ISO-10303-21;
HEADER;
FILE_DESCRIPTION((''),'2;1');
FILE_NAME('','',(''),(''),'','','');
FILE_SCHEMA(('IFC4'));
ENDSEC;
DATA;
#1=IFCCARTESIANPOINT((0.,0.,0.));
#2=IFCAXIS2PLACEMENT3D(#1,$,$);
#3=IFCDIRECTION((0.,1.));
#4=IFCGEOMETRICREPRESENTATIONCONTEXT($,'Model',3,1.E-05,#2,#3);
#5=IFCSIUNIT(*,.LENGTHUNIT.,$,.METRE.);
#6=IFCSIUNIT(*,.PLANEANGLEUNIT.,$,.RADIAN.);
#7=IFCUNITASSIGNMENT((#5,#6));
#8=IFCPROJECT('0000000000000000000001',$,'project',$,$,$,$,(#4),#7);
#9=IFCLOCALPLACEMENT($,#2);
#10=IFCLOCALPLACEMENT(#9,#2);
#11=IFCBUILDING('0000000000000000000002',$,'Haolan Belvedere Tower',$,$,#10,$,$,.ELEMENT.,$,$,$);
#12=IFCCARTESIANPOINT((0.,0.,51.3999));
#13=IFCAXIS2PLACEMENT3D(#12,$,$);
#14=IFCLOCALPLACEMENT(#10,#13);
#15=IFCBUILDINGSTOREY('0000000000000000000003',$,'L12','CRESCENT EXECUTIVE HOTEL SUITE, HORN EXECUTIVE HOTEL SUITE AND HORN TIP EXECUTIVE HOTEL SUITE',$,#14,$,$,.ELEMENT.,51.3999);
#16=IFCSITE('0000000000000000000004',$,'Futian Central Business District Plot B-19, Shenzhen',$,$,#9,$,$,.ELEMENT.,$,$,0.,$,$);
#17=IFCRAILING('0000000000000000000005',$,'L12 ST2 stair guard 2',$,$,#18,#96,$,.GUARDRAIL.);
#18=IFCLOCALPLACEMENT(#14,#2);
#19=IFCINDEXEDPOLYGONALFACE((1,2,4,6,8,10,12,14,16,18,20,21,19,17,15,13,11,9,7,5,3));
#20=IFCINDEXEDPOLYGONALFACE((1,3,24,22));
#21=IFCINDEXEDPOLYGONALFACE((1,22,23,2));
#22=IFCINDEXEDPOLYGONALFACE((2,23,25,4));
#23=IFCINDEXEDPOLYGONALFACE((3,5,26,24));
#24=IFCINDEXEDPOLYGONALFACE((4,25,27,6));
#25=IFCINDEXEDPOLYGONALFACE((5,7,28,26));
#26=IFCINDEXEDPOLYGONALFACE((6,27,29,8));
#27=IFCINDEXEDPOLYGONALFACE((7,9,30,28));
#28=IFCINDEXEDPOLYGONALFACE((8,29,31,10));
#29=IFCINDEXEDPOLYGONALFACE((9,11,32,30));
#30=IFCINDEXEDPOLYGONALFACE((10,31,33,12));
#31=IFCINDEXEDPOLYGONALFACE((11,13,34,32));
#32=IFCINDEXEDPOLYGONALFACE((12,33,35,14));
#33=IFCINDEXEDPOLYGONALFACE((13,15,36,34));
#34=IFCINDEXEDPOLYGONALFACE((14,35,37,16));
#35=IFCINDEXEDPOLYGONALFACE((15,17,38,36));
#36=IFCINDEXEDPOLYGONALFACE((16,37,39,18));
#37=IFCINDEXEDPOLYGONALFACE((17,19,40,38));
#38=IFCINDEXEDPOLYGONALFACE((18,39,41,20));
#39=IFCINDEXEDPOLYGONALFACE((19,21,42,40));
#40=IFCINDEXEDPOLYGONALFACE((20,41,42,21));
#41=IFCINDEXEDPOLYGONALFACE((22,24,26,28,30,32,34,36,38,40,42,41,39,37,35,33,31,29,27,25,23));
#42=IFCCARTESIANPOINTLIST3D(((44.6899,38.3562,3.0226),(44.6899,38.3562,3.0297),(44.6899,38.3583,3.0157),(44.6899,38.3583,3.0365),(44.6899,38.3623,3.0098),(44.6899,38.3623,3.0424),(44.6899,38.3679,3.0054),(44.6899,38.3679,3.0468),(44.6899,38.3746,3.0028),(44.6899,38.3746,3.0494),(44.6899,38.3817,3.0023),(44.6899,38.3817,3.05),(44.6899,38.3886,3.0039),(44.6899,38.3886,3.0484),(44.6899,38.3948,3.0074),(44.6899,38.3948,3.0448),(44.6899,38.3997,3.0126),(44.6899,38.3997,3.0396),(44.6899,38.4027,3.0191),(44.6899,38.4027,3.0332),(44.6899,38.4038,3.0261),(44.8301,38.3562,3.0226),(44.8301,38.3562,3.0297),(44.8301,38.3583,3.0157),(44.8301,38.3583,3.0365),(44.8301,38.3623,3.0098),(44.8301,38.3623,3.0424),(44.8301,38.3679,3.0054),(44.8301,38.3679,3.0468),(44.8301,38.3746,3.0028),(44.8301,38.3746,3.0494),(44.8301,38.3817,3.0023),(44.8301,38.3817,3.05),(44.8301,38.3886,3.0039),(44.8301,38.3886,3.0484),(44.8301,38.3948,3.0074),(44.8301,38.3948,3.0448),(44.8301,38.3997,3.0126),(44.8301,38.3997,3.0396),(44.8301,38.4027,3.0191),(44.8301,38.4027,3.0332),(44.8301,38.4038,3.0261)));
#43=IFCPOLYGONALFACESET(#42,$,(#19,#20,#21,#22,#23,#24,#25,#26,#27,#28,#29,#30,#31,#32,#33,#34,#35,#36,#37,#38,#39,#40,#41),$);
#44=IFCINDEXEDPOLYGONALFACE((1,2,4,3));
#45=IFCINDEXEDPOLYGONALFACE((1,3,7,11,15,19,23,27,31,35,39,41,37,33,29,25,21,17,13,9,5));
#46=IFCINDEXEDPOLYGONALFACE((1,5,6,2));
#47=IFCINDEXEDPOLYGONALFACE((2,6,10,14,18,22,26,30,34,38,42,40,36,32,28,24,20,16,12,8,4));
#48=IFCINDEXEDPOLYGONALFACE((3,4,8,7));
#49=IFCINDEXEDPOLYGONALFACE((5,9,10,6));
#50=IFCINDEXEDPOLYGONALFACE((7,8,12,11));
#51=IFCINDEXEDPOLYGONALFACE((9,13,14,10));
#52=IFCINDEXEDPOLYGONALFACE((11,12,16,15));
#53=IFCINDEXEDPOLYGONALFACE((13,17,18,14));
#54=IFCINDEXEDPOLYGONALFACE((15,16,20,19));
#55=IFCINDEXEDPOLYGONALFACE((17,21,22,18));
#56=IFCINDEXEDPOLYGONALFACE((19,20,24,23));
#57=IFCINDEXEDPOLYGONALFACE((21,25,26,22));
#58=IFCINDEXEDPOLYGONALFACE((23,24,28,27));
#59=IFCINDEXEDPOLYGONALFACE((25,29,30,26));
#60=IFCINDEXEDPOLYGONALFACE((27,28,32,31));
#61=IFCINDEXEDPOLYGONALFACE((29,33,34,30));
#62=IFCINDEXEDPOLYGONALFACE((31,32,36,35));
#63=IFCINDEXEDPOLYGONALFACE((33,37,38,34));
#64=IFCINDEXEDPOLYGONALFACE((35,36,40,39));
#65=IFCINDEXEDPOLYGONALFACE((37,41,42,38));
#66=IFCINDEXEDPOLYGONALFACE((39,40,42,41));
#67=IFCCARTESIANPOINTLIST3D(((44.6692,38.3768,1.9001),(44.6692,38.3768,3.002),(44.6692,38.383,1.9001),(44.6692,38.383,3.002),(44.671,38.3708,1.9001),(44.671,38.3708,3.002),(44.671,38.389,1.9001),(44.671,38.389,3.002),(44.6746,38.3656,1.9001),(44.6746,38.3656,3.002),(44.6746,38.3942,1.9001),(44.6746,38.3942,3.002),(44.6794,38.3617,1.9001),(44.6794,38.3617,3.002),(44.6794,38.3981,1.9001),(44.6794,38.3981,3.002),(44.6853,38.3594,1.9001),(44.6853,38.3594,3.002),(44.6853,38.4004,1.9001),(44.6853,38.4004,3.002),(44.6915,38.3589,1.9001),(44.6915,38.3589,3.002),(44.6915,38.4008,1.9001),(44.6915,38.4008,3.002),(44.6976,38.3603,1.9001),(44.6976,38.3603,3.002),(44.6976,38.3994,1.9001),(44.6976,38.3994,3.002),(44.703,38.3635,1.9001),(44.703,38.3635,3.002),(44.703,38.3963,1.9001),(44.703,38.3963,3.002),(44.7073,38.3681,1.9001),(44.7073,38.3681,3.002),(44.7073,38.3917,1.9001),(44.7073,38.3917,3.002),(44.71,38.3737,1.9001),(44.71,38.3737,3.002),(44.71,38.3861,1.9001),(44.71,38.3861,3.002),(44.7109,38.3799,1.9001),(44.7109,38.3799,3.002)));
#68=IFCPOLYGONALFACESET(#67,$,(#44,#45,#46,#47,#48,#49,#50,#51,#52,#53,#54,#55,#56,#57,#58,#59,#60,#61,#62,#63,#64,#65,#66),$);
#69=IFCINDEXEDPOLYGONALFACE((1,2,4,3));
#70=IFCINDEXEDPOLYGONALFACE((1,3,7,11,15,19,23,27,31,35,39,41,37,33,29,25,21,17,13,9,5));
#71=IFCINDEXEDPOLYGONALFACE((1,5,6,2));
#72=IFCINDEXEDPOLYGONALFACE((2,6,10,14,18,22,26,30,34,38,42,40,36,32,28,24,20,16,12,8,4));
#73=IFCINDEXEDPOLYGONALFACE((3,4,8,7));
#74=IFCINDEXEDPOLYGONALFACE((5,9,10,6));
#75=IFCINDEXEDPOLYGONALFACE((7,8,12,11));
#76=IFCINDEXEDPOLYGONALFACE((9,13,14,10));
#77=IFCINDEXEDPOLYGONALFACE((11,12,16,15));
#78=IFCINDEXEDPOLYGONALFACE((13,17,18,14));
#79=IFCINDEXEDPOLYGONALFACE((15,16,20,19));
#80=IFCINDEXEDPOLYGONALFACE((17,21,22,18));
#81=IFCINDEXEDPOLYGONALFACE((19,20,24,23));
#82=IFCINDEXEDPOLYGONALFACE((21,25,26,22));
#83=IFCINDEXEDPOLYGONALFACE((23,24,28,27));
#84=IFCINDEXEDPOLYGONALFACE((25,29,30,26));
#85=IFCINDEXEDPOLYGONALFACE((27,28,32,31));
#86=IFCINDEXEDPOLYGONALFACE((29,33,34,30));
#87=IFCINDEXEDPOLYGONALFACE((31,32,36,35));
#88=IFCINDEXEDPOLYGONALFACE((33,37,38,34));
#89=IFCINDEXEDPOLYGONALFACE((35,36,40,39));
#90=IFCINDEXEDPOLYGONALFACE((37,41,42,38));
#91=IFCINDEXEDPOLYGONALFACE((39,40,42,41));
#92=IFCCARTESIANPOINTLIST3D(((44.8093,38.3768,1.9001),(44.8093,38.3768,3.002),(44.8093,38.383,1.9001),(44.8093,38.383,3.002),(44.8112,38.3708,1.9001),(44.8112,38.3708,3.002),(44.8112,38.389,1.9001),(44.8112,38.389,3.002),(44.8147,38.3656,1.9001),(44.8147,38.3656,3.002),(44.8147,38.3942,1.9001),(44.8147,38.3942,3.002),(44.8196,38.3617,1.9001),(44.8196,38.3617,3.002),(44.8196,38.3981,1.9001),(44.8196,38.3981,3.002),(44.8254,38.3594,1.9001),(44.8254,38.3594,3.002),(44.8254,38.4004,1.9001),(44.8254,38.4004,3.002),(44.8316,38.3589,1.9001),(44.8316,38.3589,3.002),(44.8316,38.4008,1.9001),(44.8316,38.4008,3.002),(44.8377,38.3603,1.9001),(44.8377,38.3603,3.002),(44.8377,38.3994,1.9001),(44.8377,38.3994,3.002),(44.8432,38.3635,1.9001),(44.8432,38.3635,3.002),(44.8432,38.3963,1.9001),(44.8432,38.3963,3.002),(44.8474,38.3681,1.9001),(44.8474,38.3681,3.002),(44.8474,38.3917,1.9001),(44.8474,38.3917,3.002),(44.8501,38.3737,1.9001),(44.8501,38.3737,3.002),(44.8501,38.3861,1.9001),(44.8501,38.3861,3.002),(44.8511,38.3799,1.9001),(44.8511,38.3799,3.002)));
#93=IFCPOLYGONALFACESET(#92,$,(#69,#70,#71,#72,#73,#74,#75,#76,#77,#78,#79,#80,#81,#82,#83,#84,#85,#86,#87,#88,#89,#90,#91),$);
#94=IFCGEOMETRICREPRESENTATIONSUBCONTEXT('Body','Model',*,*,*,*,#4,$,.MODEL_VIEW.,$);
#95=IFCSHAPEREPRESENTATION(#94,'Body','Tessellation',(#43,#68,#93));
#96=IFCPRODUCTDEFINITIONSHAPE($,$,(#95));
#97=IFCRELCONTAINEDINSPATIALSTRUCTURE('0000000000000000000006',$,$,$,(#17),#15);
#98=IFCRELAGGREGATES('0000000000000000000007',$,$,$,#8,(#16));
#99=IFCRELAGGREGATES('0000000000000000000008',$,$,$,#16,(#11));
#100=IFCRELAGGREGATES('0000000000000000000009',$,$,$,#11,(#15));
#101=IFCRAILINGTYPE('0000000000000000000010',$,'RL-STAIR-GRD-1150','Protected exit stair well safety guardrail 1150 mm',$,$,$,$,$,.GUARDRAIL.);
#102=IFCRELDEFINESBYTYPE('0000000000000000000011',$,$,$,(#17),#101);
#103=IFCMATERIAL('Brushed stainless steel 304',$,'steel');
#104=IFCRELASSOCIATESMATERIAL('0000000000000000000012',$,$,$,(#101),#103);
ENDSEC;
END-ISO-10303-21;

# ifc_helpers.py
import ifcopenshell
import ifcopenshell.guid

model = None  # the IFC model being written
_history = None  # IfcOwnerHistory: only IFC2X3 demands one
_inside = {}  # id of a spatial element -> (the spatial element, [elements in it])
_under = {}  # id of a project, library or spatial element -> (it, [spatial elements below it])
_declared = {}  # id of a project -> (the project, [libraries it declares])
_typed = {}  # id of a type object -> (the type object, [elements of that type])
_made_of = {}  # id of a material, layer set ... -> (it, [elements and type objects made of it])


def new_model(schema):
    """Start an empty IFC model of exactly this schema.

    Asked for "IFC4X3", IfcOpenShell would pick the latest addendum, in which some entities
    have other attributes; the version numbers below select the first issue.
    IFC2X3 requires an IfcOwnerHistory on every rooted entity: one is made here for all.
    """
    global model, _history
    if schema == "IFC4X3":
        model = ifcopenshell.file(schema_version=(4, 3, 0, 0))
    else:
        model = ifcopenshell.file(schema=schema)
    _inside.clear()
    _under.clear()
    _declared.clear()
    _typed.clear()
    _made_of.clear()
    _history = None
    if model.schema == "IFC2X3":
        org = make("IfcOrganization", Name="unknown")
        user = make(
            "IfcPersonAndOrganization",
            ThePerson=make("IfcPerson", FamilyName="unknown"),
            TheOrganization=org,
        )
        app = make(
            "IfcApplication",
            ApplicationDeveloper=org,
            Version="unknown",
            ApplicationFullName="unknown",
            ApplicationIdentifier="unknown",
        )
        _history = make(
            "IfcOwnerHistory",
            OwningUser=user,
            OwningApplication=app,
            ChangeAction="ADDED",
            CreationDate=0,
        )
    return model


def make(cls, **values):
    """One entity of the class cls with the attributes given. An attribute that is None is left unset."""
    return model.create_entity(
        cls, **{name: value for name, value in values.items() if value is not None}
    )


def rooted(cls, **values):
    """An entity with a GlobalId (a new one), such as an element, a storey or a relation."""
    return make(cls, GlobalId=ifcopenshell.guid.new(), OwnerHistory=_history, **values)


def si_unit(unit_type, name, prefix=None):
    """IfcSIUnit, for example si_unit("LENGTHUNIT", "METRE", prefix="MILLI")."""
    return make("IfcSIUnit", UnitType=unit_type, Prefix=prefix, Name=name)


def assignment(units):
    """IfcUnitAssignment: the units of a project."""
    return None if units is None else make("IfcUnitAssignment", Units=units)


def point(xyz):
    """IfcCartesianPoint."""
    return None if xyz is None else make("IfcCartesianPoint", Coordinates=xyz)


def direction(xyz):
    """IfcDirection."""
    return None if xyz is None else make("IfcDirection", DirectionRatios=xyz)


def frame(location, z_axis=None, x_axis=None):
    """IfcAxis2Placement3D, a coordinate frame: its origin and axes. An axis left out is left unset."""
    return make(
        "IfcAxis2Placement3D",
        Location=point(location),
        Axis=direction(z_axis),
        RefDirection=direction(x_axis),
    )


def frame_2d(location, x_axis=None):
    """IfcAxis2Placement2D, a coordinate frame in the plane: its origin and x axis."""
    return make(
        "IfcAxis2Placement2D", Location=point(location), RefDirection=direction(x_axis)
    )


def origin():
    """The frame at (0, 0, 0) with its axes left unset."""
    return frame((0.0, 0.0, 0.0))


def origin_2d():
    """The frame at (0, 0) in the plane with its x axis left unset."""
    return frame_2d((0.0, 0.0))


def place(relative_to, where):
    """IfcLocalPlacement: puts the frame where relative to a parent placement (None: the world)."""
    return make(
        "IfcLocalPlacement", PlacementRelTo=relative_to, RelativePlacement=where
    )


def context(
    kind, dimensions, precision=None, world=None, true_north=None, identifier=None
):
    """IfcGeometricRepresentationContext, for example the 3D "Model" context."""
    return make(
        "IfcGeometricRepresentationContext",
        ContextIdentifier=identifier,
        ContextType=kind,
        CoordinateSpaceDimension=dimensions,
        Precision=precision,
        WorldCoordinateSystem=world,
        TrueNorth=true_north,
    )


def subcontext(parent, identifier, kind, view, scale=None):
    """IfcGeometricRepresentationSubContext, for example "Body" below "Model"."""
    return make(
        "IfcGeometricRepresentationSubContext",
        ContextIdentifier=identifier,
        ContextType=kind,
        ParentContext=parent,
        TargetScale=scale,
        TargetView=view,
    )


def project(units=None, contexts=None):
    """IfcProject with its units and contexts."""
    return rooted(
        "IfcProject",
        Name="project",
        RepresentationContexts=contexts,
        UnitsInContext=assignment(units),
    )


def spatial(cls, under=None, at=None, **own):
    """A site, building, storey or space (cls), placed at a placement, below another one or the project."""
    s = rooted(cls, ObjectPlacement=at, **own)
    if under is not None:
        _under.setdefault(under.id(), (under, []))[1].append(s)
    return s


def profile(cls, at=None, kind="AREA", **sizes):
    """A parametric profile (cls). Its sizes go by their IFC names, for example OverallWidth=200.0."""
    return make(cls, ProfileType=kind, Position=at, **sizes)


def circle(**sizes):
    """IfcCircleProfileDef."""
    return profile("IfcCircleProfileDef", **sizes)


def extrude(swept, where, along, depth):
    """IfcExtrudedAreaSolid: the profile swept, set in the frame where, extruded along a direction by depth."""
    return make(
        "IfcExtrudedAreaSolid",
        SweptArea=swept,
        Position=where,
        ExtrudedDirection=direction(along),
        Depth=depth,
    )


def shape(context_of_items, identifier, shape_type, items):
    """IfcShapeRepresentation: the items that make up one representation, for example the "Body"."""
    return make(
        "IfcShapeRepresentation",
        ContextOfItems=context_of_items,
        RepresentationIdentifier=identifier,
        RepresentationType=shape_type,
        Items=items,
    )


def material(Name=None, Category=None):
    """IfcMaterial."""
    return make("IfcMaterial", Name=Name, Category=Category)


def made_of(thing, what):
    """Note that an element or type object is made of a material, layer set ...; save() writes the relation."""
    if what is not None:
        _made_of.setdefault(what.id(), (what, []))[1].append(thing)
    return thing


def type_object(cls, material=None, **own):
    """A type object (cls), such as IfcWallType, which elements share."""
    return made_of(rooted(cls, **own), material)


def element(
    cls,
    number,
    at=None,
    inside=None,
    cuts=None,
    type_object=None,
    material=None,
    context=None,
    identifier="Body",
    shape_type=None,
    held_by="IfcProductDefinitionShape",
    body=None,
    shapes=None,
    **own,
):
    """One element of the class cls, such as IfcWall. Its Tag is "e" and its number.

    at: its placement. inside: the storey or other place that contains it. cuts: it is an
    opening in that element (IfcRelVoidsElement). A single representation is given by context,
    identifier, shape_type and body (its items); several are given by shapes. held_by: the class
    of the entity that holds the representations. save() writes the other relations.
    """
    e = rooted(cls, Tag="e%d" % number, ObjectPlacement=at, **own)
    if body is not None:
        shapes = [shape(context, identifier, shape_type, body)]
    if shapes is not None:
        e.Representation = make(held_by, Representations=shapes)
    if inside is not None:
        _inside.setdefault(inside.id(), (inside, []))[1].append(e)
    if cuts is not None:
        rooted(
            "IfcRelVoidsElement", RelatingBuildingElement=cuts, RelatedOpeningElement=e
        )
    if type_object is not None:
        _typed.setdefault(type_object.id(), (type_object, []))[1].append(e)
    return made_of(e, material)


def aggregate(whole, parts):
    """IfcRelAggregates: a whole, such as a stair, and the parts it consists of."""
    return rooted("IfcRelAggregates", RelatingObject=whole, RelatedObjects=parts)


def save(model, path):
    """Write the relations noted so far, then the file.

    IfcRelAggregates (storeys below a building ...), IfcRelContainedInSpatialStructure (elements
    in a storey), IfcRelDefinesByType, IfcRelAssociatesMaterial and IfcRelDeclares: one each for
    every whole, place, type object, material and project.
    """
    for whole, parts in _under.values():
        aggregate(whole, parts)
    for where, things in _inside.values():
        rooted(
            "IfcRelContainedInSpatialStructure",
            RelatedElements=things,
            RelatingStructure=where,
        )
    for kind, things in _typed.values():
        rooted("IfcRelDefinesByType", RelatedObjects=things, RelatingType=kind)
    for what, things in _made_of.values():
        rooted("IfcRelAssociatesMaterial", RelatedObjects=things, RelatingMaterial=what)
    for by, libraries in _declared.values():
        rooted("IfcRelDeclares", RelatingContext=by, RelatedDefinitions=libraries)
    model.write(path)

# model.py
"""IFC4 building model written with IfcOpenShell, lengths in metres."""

from ifc_helpers import new_model, si_unit, direction, frame, origin, origin_2d, place, context, subcontext, project, spatial, circle, extrude, material, type_object, element, save


model = new_model("IFC4")

# Units and contexts
model_context = context("Model", 3, precision=1e-05, world=origin(), true_north=direction((0.0, 1.0)))
body_context = subcontext(model_context, "Body", "Model", "MODEL_VIEW")
ifc_project = project(units=[si_unit("LENGTHUNIT", "METRE"), si_unit("PLANEANGLEUNIT", "RADIAN")], contexts=[model_context])

# Site, building, storey
site_placement = place(None, origin())
site = spatial("IfcSite", under=ifc_project, at=site_placement, Name="Futian Central Business District Plot B-19, Shenzhen", CompositionType="ELEMENT", RefElevation=0.0)
building_placement = place(site_placement, origin())
building = spatial("IfcBuilding", under=site, at=building_placement, Name="Haolan Belvedere Tower", CompositionType="ELEMENT")
storey_placement = place(building_placement, frame((0.0, 0.0, 51.3999)))
storey = spatial("IfcBuildingStorey", under=building, at=storey_placement, Name="L12", Description="CRESCENT EXECUTIVE HOTEL SUITE, HORN EXECUTIVE HOTEL SUITE AND HORN TIP EXECUTIVE HOTEL SUITE", CompositionType="ELEMENT", Elevation=51.3999)

# Railing
ifc_material_1 = material(Name="Brushed stainless steel 304", Category="steel")
railing_type_1 = type_object("IfcRailingType", Name="RL-STAIR-GRD-1150", Description="Protected exit stair well safety guardrail 1150 mm", PredefinedType="GUARDRAIL", material=ifc_material_1)
railing_1_placement = place(storey_placement, frame((44.6899, 38.3799, 1.9001)))
element("IfcRailing", 1, at=railing_1_placement, inside=storey, type_object=railing_type_1, Name="L12 ST2 stair guard 2", PredefinedType="GUARDRAIL", context=body_context, shape_type="SweptSolid", body=[
    extrude(circle(Radius=0.0239, at=origin_2d()), frame((0.0, 0.0, 1.126), z_axis=(1.0, 0.0, 0.0), x_axis=(0.0, 1.0, 0.0)), (0.0, 0.0, 1.0), 0.1401),
    extrude(circle(Radius=0.021, at=origin_2d()), origin(), (0.0, 0.0, 1.0), 1.1018),
    extrude(circle(Radius=0.021, at=origin_2d()), frame((0.1401, 0.0, 0.0)), (0.0, 0.0, 1.0), 1.1018),
])

save(model, "model.ifc")
